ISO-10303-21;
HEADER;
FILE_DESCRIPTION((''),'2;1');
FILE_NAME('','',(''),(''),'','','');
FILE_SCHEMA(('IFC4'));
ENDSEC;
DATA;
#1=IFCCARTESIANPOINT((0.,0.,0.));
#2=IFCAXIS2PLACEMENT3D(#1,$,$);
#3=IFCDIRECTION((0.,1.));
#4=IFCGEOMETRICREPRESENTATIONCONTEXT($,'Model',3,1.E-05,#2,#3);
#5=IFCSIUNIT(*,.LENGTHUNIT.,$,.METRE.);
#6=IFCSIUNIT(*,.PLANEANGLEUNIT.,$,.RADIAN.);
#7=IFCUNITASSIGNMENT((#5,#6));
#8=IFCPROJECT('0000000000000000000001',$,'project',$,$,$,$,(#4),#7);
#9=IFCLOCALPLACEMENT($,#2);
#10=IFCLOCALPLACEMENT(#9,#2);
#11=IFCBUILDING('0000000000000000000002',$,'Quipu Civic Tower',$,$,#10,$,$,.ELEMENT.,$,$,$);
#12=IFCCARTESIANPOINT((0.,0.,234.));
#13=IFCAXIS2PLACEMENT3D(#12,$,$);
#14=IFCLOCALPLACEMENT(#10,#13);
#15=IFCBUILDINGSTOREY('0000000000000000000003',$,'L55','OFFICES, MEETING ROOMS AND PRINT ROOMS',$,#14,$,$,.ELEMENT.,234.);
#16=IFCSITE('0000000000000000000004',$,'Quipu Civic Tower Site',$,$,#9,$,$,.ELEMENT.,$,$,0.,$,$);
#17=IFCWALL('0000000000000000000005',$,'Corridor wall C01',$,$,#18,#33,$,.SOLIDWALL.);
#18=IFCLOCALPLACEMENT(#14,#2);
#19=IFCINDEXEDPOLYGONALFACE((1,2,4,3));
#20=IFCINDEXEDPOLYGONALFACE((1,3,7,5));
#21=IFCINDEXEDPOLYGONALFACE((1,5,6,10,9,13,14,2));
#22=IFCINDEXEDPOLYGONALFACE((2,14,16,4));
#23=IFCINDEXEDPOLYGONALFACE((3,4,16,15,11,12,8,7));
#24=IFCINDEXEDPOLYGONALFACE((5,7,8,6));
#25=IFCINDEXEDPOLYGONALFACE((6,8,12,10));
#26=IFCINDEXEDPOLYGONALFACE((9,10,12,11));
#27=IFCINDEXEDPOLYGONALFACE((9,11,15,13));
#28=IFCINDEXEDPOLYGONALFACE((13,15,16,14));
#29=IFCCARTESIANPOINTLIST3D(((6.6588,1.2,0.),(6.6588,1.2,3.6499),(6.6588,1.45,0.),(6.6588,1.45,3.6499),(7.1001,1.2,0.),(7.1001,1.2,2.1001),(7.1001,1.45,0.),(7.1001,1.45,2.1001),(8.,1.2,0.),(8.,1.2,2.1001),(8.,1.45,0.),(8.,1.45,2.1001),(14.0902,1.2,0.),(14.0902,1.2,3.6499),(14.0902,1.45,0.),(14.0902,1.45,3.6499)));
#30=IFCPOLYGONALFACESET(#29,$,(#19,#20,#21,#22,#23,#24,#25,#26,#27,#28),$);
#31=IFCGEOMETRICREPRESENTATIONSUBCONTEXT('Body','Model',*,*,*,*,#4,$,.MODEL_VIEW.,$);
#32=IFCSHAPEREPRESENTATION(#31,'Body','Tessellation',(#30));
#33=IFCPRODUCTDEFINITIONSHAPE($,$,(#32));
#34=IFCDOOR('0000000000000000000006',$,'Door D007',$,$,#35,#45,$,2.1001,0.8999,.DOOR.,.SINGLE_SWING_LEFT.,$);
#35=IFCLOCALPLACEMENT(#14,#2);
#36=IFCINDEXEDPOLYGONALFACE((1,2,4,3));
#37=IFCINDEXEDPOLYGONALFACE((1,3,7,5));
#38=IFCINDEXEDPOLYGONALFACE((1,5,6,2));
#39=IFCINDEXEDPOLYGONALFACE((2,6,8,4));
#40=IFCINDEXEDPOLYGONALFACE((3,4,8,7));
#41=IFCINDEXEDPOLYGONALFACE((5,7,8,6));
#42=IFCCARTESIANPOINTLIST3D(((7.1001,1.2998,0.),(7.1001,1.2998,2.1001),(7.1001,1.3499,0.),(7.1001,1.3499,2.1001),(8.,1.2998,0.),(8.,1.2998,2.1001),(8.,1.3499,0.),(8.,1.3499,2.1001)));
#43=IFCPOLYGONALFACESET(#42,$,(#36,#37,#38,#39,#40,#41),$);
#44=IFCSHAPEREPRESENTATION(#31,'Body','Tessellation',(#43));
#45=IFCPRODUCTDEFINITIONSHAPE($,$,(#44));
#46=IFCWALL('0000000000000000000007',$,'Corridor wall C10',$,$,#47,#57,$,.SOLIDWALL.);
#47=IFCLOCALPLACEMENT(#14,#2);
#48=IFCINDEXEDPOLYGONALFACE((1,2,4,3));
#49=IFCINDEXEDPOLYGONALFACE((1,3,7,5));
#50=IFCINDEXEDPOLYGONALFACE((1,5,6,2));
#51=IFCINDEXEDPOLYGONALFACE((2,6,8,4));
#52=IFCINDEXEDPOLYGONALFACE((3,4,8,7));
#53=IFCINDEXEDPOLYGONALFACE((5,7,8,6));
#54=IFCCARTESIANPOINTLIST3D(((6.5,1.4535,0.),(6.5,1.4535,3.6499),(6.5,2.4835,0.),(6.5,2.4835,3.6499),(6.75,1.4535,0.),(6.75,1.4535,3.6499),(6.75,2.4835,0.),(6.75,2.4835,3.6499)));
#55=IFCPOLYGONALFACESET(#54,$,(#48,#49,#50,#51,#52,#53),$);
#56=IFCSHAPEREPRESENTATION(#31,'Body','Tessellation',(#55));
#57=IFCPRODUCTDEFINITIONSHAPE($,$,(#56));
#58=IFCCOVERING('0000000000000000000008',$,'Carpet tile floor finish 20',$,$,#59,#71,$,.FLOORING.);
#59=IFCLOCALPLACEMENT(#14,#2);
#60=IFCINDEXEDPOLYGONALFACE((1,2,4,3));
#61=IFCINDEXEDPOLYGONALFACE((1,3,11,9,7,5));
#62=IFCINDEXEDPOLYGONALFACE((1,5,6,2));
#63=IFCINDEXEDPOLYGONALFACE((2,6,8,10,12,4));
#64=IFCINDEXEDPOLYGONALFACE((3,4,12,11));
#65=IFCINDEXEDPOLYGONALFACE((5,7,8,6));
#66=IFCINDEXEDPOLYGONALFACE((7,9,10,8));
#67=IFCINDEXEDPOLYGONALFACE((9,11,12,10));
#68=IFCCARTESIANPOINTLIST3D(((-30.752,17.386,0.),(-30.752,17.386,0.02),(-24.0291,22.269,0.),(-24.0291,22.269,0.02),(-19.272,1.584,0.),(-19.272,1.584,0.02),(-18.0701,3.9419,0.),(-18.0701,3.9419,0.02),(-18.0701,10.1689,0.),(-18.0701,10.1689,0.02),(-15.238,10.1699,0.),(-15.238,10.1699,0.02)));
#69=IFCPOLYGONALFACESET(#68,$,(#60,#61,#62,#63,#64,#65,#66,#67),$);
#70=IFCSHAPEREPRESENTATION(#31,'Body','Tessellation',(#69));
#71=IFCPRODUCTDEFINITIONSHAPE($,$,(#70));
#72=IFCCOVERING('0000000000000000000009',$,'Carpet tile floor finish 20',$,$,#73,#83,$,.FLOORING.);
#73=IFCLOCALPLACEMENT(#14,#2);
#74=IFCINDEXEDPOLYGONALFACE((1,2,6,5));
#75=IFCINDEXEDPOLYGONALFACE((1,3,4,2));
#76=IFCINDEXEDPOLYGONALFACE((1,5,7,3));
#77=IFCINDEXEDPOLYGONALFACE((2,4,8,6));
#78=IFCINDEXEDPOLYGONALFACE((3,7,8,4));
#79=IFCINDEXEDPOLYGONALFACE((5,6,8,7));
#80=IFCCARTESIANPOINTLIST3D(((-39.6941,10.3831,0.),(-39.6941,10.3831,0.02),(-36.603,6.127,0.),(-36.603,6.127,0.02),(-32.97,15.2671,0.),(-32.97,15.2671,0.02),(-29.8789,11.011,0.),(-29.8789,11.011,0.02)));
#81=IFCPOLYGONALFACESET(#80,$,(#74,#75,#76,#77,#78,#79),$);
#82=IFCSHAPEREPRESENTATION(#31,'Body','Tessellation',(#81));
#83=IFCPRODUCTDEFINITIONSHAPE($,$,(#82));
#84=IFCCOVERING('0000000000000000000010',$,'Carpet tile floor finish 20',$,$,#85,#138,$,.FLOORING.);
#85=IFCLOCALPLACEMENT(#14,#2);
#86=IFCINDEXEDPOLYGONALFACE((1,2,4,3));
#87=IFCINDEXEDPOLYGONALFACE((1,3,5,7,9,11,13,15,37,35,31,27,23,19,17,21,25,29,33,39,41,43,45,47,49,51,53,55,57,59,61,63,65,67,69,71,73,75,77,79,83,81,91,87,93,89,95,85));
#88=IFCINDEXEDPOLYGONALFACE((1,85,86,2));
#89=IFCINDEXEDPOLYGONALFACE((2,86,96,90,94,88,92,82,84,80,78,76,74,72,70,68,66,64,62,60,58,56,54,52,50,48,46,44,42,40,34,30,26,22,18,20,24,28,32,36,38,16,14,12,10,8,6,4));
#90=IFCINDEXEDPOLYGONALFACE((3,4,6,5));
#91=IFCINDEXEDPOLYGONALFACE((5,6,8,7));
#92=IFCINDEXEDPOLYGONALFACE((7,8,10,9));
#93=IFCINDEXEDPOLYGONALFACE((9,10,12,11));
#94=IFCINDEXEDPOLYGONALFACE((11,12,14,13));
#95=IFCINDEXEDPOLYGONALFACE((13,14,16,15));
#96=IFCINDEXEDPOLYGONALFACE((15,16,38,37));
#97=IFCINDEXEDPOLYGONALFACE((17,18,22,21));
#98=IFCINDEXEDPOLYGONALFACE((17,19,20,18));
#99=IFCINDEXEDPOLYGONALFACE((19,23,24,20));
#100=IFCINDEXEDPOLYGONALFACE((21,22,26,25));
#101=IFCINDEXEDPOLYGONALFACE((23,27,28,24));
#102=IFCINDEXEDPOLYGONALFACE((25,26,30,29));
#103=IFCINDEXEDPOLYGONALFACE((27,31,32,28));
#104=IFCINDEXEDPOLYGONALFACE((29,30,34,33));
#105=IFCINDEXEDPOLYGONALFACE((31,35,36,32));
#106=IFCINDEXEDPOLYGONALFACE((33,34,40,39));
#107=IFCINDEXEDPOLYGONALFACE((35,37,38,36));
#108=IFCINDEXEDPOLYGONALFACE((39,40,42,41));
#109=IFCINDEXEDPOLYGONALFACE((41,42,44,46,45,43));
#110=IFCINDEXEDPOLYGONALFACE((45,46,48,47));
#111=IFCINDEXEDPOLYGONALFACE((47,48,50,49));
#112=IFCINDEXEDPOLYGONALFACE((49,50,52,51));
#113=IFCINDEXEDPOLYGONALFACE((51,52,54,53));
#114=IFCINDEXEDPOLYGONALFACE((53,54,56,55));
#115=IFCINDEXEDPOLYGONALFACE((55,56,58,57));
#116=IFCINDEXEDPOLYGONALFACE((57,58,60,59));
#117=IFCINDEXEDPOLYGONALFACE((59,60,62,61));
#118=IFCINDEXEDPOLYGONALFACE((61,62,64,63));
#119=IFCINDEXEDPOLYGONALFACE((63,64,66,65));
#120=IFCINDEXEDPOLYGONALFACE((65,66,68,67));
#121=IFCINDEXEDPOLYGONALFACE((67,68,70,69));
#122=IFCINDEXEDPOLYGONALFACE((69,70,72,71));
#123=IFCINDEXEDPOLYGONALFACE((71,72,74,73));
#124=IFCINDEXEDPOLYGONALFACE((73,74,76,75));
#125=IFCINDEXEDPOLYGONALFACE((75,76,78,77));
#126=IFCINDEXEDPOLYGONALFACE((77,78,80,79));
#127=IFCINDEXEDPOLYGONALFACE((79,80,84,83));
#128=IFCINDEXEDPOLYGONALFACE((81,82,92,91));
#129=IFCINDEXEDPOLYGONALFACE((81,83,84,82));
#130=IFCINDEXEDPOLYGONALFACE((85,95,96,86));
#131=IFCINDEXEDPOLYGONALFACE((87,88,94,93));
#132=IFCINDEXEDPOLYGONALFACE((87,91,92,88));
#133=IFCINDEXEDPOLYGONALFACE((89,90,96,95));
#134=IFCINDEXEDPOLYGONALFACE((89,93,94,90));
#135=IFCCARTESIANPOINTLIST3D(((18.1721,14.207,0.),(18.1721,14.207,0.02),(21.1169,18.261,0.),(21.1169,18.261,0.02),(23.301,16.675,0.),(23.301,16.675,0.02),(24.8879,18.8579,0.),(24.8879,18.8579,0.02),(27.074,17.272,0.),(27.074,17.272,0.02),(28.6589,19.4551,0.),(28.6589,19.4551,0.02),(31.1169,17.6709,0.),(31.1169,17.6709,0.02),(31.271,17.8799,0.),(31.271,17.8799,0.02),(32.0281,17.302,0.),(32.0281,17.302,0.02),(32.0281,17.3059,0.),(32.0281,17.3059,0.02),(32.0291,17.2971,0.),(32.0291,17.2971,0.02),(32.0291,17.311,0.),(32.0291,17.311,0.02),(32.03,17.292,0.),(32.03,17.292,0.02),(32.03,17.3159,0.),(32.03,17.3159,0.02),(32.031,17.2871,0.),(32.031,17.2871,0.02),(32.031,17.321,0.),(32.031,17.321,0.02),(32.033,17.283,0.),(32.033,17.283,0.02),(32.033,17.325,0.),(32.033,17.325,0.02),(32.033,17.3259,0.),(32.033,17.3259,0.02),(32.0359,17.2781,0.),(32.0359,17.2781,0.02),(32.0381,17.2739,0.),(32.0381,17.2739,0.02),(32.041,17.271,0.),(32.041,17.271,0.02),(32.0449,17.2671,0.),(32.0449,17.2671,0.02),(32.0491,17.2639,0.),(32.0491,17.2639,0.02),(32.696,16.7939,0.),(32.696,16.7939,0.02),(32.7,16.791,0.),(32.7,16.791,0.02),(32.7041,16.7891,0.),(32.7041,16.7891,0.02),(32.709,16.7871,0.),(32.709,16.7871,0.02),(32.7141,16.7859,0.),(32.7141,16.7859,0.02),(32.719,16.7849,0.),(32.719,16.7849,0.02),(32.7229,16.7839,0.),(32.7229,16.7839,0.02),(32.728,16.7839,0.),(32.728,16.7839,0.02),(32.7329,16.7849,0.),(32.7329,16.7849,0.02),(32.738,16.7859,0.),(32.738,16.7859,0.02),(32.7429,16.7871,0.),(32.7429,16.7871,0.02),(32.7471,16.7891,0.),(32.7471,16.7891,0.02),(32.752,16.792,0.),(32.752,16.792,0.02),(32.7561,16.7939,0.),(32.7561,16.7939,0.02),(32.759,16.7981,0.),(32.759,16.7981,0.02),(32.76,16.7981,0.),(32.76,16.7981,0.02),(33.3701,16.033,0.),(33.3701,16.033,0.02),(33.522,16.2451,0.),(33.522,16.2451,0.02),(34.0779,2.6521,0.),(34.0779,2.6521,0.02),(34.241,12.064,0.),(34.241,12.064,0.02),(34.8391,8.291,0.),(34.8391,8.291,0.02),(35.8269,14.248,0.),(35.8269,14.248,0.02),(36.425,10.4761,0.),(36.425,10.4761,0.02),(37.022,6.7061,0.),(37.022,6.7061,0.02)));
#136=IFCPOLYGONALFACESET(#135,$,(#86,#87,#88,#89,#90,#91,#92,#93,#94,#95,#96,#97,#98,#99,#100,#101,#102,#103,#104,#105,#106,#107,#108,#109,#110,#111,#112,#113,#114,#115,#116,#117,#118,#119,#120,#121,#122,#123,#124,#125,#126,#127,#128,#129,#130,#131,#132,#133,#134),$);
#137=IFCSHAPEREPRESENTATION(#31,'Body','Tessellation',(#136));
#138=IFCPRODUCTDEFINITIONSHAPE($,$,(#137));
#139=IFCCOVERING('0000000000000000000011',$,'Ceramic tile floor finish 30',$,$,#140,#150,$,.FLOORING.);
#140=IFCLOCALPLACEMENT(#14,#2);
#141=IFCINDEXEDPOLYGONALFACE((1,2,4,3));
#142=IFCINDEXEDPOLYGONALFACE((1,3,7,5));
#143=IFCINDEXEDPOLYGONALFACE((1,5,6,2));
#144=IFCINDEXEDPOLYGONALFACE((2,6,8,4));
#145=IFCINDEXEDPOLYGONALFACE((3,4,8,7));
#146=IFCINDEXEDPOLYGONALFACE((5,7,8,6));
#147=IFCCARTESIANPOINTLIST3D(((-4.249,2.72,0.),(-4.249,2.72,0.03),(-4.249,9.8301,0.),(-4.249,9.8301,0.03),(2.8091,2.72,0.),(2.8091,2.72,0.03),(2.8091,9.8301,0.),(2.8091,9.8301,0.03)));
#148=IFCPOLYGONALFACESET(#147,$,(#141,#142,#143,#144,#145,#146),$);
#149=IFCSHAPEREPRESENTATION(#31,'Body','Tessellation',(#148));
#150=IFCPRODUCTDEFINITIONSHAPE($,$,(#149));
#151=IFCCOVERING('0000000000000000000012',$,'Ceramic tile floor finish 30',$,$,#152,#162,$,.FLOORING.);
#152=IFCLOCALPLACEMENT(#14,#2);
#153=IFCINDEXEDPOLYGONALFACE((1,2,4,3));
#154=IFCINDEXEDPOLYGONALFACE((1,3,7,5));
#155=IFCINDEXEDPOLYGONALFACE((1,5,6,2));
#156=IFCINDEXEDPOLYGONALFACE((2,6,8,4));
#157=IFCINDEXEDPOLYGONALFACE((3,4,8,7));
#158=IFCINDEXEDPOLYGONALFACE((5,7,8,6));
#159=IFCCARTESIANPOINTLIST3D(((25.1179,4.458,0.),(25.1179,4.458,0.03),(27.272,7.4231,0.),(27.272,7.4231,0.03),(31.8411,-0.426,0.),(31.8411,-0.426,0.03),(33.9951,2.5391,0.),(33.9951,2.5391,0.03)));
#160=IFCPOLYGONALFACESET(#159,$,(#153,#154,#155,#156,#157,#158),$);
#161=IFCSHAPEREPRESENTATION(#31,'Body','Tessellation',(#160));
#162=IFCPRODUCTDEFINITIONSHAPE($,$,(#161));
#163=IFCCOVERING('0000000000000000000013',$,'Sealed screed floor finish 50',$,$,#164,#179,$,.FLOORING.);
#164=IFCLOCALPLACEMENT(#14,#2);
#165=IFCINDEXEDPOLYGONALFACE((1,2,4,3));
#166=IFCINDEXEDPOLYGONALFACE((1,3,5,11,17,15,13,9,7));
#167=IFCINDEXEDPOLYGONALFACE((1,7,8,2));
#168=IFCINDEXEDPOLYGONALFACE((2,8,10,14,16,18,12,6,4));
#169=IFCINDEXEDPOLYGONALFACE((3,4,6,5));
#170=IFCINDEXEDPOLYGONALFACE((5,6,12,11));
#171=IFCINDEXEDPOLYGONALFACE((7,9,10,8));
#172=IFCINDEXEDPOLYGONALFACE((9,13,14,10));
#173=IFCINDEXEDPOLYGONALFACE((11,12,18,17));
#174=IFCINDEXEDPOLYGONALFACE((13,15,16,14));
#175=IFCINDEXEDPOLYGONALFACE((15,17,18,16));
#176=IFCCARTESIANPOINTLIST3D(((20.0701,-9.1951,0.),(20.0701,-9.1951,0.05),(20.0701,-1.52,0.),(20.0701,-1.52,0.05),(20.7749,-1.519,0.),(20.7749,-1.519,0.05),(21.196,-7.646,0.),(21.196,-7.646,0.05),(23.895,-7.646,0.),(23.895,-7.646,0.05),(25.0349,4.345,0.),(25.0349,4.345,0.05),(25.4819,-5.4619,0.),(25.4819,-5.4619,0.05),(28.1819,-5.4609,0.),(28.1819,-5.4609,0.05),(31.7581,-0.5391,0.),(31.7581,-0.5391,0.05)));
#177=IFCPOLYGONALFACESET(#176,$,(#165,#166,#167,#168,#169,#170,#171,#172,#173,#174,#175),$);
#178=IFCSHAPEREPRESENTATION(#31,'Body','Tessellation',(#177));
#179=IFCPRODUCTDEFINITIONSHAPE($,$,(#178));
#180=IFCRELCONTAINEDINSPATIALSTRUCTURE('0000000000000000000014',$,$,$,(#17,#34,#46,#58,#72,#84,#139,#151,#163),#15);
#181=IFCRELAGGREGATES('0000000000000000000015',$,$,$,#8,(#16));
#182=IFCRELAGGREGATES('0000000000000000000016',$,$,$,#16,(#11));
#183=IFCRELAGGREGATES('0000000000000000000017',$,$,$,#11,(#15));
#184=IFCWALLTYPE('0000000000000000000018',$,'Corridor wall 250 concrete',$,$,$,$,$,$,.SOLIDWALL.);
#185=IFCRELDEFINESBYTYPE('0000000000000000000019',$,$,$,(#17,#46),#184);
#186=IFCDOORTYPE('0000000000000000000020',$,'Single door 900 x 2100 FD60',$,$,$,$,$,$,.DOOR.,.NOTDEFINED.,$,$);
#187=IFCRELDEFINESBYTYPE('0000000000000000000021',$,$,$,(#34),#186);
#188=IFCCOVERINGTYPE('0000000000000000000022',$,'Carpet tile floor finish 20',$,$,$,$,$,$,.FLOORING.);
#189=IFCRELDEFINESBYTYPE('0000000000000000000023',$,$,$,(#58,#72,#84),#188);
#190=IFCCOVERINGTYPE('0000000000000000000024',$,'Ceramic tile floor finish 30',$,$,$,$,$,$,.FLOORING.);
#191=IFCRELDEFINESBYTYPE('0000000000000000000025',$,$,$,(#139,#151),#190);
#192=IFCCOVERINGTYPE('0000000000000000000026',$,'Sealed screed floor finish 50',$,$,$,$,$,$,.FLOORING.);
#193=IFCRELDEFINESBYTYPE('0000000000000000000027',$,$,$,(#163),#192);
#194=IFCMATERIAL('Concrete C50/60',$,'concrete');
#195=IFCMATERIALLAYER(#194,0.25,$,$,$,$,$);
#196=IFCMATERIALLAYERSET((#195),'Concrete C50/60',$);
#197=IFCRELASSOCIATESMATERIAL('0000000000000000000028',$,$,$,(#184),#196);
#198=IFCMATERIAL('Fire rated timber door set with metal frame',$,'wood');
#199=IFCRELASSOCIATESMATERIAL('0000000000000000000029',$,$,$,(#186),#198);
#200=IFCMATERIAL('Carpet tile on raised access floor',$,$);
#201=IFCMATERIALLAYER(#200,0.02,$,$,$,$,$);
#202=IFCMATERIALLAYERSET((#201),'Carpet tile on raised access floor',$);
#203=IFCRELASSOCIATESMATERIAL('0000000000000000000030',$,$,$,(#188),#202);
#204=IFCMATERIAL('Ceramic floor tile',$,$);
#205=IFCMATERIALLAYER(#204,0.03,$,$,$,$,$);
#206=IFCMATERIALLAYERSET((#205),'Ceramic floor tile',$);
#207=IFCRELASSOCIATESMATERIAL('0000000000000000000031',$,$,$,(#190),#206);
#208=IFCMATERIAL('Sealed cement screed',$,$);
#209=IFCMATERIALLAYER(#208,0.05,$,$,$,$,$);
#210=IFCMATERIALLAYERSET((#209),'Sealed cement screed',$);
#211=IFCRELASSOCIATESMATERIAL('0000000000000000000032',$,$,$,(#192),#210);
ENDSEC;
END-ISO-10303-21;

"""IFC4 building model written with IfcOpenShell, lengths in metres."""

from ifc_helpers import new_model, si_unit, direction, frame, frame_2d, origin, place, context, subcontext, project, spatial, polyline, rectangle, outline, extrude, material, layer, layer_set, type_object, element, fill, save


model = new_model("IFC4")

# Units and contexts
model_context = context("Model", 3, precision=1e-05, world=origin(), true_north=direction((0.0, 1.0)))
body_context = subcontext(model_context, "Body", "Model", "MODEL_VIEW")
ifc_project = project(units=[si_unit("LENGTHUNIT", "METRE"), si_unit("PLANEANGLEUNIT", "RADIAN")], contexts=[model_context])

# Site, building, storey
site_placement = place(None, origin())
site = spatial("IfcSite", under=ifc_project, at=site_placement, Name="Quipu Civic Tower Site", CompositionType="ELEMENT", RefElevation=0.0)
building_placement = place(site_placement, origin())
building = spatial("IfcBuilding", under=site, at=building_placement, Name="Quipu Civic Tower", CompositionType="ELEMENT")
storey_placement = place(building_placement, frame((0.0, 0.0, 234.0)))
storey = spatial("IfcBuildingStorey", under=building, at=storey_placement, Name="L55", Description="OFFICES, MEETING ROOMS AND PRINT ROOMS", CompositionType="ELEMENT", Elevation=234.0)

# Wall, opening, door
ifc_material_1 = material(Name="Concrete C50/60", Category="concrete")
ifc_layer_1 = layer(ifc_material_1, 0.25)
ifc_layer_set_1 = layer_set([ifc_layer_1], Name="Concrete C50/60")
wall_type_1 = type_object("IfcWallType", Name="Corridor wall 250 concrete", PredefinedType="SOLIDWALL", material=ifc_layer_set_1)
wall_1_placement = place(storey_placement, frame((6.6587, 1.325, 0.0), z_axis=(0.0, 0.0, 1.0), x_axis=(1.0, 0.0, 0.0)))
wall_1 = element("IfcWall", 1, at=wall_1_placement, inside=storey, type_object=wall_type_1, Name="Corridor wall C01", PredefinedType="SOLIDWALL", context=body_context, shape_type="SweptSolid", body=[
    extrude(rectangle(XDim=7.4314, YDim=0.25, at=frame_2d((3.7158, 0.0))), origin(), (0.0, 0.0, 1.0), 3.6499),
])
opening_1_placement = place(wall_1_placement, frame((0.4414, 0.0, 0.0)))
opening_1 = element("IfcOpeningElement", 2, at=opening_1_placement, cuts=wall_1, PredefinedType="OPENING", context=body_context, shape_type="SweptSolid", body=[
    extrude(rectangle(XDim=0.8999, YDim=2.1001, at=frame_2d((0.45, 1.05))), frame((0.0, 0.135, 0.0), z_axis=(0.0, -1.0, 0.0), x_axis=(1.0, 0.0, 0.0)), (0.0, 0.0, 1.0), 0.27),
])
ifc_material_2 = material(Name="Fire rated timber door set with metal frame", Category="wood")
door_type_1 = type_object("IfcDoorType", Name="Single door 900 x 2100 FD60", OperationType="NOTDEFINED", PredefinedType="DOOR", material=ifc_material_2)
door_1_placement = place(opening_1_placement, origin())
door_1 = element("IfcDoor", 3, at=door_1_placement, inside=storey, type_object=door_type_1, Name="Door D007", OperationType="SINGLE_SWING_LEFT", OverallHeight=2.1001, OverallWidth=0.8999, PredefinedType="DOOR", context=body_context, shape_type="SweptSolid", body=[
    extrude(rectangle(XDim=0.8999, YDim=2.1001, at=frame_2d((0.45, 1.05))), frame((0.0, 0.0249, 0.0), z_axis=(0.0, -1.0, 0.0), x_axis=(1.0, 0.0, 0.0)), (0.0, 0.0, 1.0), 0.05),
])
fill(opening_1, door_1)

# Wall
wall_2_placement = place(storey_placement, frame((6.625, 2.4836, 0.0), z_axis=(0.0, 0.0, 1.0), x_axis=(0.0, -1.0, 0.0)))
element("IfcWall", 4, at=wall_2_placement, inside=storey, type_object=wall_type_1, Name="Corridor wall C10", PredefinedType="SOLIDWALL", context=body_context, shape_type="SweptSolid", body=[
    extrude(rectangle(XDim=1.03, YDim=0.25, at=frame_2d((0.5151, 0.0))), origin(), (0.0, 0.0, 1.0), 3.6499),
])

# Coverings
ifc_material_3 = material(Name="Carpet tile on raised access floor")
ifc_layer_2 = layer(ifc_material_3, 0.02)
ifc_layer_set_2 = layer_set([ifc_layer_2], Name="Carpet tile on raised access floor")
covering_type_1 = type_object("IfcCoveringType", Name="Carpet tile floor finish 20", PredefinedType="FLOORING", material=ifc_layer_set_2)
covering_1_placement = place(storey_placement, origin())
element("IfcCovering", 5, at=covering_1_placement, inside=storey, type_object=covering_type_1, Name="Carpet tile floor finish 20", PredefinedType="FLOORING", context=body_context, shape_type="SweptSolid", body=[
    extrude(outline(polyline([(-30.752, 17.386), (-24.0291, 22.269), (-15.238, 10.1699), (-18.0701, 10.1689), (-18.0701, 3.9419), (-19.272, 1.584), (-30.752, 17.386)])), origin(), (0.0, 0.0, 1.0), 0.02),
])
covering_2_placement = place(storey_placement, origin())
element("IfcCovering", 6, at=covering_2_placement, inside=storey, type_object=covering_type_1, Name="Carpet tile floor finish 20", PredefinedType="FLOORING", context=body_context, shape_type="SweptSolid", body=[
    extrude(outline(polyline([(-39.6941, 10.3831), (-32.97, 15.2671), (-29.8789, 11.011), (-36.603, 6.127), (-39.6941, 10.3831)])), origin(), (0.0, 0.0, 1.0), 0.02),
])
covering_3_placement = place(storey_placement, origin())
element("IfcCovering", 7, at=covering_3_placement, inside=storey, type_object=covering_type_1, Name="Carpet tile floor finish 20", PredefinedType="FLOORING", context=body_context, shape_type="SweptSolid", body=[
    extrude(outline(polyline([(18.1721, 14.207), (21.1169, 18.261), (23.301, 16.675), (24.8879, 18.8579), (27.074, 17.272), (28.6589, 19.4551), (31.1169, 17.6709), (31.271, 17.8799), (32.033, 17.3259), (32.033, 17.325), (32.031, 17.321), (32.03, 17.3159), (32.0291, 17.311), (32.0281, 17.3059), (32.0281, 17.302), (32.0291, 17.2971), (32.03, 17.292), (32.031, 17.2871), (32.033, 17.283), (32.0359, 17.2781), (32.0381, 17.2739), (32.041, 17.271), (32.0449, 17.2671), (32.0491, 17.2639), (32.696, 16.7939), (32.7, 16.791), (32.7041, 16.7891), (32.709, 16.7871), (32.7141, 16.7859), (32.719, 16.7849), (32.7229, 16.7839), (32.728, 16.7839), (32.7329, 16.7849), (32.738, 16.7859), (32.7429, 16.7871), (32.7471, 16.7891), (32.752, 16.792), (32.7561, 16.7939), (32.759, 16.7981), (32.76, 16.7981), (33.522, 16.2451), (33.3701, 16.033), (35.8269, 14.248), (34.241, 12.064), (36.425, 10.4761), (34.8391, 8.291), (37.022, 6.7061), (34.0779, 2.6521), (18.1721, 14.207)])), origin(), (0.0, 0.0, 1.0), 0.02),
])
ifc_material_4 = material(Name="Ceramic floor tile")
ifc_layer_3 = layer(ifc_material_4, 0.03)
ifc_layer_set_3 = layer_set([ifc_layer_3], Name="Ceramic floor tile")
covering_type_2 = type_object("IfcCoveringType", Name="Ceramic tile floor finish 30", PredefinedType="FLOORING", material=ifc_layer_set_3)
covering_4_placement = place(storey_placement, origin())
element("IfcCovering", 8, at=covering_4_placement, inside=storey, type_object=covering_type_2, Name="Ceramic tile floor finish 30", PredefinedType="FLOORING", context=body_context, shape_type="SweptSolid", body=[
    extrude(outline(polyline([(-4.249, 2.72), (-4.249, 9.8301), (2.8091, 9.8301), (2.8091, 2.72), (-4.249, 2.72)])), origin(), (0.0, 0.0, 1.0), 0.03),
])
covering_5_placement = place(storey_placement, origin())
element("IfcCovering", 9, at=covering_5_placement, inside=storey, type_object=covering_type_2, Name="Ceramic tile floor finish 30", PredefinedType="FLOORING", context=body_context, shape_type="SweptSolid", body=[
    extrude(outline(polyline([(25.1179, 4.458), (27.272, 7.4231), (33.9951, 2.5391), (31.8411, -0.426), (25.1179, 4.458)])), origin(), (0.0, 0.0, 1.0), 0.03),
])
ifc_material_5 = material(Name="Sealed cement screed")
ifc_layer_4 = layer(ifc_material_5, 0.05)
ifc_layer_set_4 = layer_set([ifc_layer_4], Name="Sealed cement screed")
covering_type_3 = type_object("IfcCoveringType", Name="Sealed screed floor finish 50", PredefinedType="FLOORING", material=ifc_layer_set_4)
covering_6_placement = place(storey_placement, origin())
element("IfcCovering", 10, at=covering_6_placement, inside=storey, type_object=covering_type_3, Name="Sealed screed floor finish 50", PredefinedType="FLOORING", context=body_context, shape_type="SweptSolid", body=[
    extrude(outline(polyline([(20.0701, -9.1951), (20.0701, -1.52), (20.7749, -1.519), (25.0349, 4.345), (31.7581, -0.5391), (28.1819, -5.4609), (25.4819, -5.4619), (23.895, -7.646), (21.196, -7.646), (20.0701, -9.1951)])), origin(), (0.0, 0.0, 1.0), 0.05),
])

save(model, "model.ifc")
